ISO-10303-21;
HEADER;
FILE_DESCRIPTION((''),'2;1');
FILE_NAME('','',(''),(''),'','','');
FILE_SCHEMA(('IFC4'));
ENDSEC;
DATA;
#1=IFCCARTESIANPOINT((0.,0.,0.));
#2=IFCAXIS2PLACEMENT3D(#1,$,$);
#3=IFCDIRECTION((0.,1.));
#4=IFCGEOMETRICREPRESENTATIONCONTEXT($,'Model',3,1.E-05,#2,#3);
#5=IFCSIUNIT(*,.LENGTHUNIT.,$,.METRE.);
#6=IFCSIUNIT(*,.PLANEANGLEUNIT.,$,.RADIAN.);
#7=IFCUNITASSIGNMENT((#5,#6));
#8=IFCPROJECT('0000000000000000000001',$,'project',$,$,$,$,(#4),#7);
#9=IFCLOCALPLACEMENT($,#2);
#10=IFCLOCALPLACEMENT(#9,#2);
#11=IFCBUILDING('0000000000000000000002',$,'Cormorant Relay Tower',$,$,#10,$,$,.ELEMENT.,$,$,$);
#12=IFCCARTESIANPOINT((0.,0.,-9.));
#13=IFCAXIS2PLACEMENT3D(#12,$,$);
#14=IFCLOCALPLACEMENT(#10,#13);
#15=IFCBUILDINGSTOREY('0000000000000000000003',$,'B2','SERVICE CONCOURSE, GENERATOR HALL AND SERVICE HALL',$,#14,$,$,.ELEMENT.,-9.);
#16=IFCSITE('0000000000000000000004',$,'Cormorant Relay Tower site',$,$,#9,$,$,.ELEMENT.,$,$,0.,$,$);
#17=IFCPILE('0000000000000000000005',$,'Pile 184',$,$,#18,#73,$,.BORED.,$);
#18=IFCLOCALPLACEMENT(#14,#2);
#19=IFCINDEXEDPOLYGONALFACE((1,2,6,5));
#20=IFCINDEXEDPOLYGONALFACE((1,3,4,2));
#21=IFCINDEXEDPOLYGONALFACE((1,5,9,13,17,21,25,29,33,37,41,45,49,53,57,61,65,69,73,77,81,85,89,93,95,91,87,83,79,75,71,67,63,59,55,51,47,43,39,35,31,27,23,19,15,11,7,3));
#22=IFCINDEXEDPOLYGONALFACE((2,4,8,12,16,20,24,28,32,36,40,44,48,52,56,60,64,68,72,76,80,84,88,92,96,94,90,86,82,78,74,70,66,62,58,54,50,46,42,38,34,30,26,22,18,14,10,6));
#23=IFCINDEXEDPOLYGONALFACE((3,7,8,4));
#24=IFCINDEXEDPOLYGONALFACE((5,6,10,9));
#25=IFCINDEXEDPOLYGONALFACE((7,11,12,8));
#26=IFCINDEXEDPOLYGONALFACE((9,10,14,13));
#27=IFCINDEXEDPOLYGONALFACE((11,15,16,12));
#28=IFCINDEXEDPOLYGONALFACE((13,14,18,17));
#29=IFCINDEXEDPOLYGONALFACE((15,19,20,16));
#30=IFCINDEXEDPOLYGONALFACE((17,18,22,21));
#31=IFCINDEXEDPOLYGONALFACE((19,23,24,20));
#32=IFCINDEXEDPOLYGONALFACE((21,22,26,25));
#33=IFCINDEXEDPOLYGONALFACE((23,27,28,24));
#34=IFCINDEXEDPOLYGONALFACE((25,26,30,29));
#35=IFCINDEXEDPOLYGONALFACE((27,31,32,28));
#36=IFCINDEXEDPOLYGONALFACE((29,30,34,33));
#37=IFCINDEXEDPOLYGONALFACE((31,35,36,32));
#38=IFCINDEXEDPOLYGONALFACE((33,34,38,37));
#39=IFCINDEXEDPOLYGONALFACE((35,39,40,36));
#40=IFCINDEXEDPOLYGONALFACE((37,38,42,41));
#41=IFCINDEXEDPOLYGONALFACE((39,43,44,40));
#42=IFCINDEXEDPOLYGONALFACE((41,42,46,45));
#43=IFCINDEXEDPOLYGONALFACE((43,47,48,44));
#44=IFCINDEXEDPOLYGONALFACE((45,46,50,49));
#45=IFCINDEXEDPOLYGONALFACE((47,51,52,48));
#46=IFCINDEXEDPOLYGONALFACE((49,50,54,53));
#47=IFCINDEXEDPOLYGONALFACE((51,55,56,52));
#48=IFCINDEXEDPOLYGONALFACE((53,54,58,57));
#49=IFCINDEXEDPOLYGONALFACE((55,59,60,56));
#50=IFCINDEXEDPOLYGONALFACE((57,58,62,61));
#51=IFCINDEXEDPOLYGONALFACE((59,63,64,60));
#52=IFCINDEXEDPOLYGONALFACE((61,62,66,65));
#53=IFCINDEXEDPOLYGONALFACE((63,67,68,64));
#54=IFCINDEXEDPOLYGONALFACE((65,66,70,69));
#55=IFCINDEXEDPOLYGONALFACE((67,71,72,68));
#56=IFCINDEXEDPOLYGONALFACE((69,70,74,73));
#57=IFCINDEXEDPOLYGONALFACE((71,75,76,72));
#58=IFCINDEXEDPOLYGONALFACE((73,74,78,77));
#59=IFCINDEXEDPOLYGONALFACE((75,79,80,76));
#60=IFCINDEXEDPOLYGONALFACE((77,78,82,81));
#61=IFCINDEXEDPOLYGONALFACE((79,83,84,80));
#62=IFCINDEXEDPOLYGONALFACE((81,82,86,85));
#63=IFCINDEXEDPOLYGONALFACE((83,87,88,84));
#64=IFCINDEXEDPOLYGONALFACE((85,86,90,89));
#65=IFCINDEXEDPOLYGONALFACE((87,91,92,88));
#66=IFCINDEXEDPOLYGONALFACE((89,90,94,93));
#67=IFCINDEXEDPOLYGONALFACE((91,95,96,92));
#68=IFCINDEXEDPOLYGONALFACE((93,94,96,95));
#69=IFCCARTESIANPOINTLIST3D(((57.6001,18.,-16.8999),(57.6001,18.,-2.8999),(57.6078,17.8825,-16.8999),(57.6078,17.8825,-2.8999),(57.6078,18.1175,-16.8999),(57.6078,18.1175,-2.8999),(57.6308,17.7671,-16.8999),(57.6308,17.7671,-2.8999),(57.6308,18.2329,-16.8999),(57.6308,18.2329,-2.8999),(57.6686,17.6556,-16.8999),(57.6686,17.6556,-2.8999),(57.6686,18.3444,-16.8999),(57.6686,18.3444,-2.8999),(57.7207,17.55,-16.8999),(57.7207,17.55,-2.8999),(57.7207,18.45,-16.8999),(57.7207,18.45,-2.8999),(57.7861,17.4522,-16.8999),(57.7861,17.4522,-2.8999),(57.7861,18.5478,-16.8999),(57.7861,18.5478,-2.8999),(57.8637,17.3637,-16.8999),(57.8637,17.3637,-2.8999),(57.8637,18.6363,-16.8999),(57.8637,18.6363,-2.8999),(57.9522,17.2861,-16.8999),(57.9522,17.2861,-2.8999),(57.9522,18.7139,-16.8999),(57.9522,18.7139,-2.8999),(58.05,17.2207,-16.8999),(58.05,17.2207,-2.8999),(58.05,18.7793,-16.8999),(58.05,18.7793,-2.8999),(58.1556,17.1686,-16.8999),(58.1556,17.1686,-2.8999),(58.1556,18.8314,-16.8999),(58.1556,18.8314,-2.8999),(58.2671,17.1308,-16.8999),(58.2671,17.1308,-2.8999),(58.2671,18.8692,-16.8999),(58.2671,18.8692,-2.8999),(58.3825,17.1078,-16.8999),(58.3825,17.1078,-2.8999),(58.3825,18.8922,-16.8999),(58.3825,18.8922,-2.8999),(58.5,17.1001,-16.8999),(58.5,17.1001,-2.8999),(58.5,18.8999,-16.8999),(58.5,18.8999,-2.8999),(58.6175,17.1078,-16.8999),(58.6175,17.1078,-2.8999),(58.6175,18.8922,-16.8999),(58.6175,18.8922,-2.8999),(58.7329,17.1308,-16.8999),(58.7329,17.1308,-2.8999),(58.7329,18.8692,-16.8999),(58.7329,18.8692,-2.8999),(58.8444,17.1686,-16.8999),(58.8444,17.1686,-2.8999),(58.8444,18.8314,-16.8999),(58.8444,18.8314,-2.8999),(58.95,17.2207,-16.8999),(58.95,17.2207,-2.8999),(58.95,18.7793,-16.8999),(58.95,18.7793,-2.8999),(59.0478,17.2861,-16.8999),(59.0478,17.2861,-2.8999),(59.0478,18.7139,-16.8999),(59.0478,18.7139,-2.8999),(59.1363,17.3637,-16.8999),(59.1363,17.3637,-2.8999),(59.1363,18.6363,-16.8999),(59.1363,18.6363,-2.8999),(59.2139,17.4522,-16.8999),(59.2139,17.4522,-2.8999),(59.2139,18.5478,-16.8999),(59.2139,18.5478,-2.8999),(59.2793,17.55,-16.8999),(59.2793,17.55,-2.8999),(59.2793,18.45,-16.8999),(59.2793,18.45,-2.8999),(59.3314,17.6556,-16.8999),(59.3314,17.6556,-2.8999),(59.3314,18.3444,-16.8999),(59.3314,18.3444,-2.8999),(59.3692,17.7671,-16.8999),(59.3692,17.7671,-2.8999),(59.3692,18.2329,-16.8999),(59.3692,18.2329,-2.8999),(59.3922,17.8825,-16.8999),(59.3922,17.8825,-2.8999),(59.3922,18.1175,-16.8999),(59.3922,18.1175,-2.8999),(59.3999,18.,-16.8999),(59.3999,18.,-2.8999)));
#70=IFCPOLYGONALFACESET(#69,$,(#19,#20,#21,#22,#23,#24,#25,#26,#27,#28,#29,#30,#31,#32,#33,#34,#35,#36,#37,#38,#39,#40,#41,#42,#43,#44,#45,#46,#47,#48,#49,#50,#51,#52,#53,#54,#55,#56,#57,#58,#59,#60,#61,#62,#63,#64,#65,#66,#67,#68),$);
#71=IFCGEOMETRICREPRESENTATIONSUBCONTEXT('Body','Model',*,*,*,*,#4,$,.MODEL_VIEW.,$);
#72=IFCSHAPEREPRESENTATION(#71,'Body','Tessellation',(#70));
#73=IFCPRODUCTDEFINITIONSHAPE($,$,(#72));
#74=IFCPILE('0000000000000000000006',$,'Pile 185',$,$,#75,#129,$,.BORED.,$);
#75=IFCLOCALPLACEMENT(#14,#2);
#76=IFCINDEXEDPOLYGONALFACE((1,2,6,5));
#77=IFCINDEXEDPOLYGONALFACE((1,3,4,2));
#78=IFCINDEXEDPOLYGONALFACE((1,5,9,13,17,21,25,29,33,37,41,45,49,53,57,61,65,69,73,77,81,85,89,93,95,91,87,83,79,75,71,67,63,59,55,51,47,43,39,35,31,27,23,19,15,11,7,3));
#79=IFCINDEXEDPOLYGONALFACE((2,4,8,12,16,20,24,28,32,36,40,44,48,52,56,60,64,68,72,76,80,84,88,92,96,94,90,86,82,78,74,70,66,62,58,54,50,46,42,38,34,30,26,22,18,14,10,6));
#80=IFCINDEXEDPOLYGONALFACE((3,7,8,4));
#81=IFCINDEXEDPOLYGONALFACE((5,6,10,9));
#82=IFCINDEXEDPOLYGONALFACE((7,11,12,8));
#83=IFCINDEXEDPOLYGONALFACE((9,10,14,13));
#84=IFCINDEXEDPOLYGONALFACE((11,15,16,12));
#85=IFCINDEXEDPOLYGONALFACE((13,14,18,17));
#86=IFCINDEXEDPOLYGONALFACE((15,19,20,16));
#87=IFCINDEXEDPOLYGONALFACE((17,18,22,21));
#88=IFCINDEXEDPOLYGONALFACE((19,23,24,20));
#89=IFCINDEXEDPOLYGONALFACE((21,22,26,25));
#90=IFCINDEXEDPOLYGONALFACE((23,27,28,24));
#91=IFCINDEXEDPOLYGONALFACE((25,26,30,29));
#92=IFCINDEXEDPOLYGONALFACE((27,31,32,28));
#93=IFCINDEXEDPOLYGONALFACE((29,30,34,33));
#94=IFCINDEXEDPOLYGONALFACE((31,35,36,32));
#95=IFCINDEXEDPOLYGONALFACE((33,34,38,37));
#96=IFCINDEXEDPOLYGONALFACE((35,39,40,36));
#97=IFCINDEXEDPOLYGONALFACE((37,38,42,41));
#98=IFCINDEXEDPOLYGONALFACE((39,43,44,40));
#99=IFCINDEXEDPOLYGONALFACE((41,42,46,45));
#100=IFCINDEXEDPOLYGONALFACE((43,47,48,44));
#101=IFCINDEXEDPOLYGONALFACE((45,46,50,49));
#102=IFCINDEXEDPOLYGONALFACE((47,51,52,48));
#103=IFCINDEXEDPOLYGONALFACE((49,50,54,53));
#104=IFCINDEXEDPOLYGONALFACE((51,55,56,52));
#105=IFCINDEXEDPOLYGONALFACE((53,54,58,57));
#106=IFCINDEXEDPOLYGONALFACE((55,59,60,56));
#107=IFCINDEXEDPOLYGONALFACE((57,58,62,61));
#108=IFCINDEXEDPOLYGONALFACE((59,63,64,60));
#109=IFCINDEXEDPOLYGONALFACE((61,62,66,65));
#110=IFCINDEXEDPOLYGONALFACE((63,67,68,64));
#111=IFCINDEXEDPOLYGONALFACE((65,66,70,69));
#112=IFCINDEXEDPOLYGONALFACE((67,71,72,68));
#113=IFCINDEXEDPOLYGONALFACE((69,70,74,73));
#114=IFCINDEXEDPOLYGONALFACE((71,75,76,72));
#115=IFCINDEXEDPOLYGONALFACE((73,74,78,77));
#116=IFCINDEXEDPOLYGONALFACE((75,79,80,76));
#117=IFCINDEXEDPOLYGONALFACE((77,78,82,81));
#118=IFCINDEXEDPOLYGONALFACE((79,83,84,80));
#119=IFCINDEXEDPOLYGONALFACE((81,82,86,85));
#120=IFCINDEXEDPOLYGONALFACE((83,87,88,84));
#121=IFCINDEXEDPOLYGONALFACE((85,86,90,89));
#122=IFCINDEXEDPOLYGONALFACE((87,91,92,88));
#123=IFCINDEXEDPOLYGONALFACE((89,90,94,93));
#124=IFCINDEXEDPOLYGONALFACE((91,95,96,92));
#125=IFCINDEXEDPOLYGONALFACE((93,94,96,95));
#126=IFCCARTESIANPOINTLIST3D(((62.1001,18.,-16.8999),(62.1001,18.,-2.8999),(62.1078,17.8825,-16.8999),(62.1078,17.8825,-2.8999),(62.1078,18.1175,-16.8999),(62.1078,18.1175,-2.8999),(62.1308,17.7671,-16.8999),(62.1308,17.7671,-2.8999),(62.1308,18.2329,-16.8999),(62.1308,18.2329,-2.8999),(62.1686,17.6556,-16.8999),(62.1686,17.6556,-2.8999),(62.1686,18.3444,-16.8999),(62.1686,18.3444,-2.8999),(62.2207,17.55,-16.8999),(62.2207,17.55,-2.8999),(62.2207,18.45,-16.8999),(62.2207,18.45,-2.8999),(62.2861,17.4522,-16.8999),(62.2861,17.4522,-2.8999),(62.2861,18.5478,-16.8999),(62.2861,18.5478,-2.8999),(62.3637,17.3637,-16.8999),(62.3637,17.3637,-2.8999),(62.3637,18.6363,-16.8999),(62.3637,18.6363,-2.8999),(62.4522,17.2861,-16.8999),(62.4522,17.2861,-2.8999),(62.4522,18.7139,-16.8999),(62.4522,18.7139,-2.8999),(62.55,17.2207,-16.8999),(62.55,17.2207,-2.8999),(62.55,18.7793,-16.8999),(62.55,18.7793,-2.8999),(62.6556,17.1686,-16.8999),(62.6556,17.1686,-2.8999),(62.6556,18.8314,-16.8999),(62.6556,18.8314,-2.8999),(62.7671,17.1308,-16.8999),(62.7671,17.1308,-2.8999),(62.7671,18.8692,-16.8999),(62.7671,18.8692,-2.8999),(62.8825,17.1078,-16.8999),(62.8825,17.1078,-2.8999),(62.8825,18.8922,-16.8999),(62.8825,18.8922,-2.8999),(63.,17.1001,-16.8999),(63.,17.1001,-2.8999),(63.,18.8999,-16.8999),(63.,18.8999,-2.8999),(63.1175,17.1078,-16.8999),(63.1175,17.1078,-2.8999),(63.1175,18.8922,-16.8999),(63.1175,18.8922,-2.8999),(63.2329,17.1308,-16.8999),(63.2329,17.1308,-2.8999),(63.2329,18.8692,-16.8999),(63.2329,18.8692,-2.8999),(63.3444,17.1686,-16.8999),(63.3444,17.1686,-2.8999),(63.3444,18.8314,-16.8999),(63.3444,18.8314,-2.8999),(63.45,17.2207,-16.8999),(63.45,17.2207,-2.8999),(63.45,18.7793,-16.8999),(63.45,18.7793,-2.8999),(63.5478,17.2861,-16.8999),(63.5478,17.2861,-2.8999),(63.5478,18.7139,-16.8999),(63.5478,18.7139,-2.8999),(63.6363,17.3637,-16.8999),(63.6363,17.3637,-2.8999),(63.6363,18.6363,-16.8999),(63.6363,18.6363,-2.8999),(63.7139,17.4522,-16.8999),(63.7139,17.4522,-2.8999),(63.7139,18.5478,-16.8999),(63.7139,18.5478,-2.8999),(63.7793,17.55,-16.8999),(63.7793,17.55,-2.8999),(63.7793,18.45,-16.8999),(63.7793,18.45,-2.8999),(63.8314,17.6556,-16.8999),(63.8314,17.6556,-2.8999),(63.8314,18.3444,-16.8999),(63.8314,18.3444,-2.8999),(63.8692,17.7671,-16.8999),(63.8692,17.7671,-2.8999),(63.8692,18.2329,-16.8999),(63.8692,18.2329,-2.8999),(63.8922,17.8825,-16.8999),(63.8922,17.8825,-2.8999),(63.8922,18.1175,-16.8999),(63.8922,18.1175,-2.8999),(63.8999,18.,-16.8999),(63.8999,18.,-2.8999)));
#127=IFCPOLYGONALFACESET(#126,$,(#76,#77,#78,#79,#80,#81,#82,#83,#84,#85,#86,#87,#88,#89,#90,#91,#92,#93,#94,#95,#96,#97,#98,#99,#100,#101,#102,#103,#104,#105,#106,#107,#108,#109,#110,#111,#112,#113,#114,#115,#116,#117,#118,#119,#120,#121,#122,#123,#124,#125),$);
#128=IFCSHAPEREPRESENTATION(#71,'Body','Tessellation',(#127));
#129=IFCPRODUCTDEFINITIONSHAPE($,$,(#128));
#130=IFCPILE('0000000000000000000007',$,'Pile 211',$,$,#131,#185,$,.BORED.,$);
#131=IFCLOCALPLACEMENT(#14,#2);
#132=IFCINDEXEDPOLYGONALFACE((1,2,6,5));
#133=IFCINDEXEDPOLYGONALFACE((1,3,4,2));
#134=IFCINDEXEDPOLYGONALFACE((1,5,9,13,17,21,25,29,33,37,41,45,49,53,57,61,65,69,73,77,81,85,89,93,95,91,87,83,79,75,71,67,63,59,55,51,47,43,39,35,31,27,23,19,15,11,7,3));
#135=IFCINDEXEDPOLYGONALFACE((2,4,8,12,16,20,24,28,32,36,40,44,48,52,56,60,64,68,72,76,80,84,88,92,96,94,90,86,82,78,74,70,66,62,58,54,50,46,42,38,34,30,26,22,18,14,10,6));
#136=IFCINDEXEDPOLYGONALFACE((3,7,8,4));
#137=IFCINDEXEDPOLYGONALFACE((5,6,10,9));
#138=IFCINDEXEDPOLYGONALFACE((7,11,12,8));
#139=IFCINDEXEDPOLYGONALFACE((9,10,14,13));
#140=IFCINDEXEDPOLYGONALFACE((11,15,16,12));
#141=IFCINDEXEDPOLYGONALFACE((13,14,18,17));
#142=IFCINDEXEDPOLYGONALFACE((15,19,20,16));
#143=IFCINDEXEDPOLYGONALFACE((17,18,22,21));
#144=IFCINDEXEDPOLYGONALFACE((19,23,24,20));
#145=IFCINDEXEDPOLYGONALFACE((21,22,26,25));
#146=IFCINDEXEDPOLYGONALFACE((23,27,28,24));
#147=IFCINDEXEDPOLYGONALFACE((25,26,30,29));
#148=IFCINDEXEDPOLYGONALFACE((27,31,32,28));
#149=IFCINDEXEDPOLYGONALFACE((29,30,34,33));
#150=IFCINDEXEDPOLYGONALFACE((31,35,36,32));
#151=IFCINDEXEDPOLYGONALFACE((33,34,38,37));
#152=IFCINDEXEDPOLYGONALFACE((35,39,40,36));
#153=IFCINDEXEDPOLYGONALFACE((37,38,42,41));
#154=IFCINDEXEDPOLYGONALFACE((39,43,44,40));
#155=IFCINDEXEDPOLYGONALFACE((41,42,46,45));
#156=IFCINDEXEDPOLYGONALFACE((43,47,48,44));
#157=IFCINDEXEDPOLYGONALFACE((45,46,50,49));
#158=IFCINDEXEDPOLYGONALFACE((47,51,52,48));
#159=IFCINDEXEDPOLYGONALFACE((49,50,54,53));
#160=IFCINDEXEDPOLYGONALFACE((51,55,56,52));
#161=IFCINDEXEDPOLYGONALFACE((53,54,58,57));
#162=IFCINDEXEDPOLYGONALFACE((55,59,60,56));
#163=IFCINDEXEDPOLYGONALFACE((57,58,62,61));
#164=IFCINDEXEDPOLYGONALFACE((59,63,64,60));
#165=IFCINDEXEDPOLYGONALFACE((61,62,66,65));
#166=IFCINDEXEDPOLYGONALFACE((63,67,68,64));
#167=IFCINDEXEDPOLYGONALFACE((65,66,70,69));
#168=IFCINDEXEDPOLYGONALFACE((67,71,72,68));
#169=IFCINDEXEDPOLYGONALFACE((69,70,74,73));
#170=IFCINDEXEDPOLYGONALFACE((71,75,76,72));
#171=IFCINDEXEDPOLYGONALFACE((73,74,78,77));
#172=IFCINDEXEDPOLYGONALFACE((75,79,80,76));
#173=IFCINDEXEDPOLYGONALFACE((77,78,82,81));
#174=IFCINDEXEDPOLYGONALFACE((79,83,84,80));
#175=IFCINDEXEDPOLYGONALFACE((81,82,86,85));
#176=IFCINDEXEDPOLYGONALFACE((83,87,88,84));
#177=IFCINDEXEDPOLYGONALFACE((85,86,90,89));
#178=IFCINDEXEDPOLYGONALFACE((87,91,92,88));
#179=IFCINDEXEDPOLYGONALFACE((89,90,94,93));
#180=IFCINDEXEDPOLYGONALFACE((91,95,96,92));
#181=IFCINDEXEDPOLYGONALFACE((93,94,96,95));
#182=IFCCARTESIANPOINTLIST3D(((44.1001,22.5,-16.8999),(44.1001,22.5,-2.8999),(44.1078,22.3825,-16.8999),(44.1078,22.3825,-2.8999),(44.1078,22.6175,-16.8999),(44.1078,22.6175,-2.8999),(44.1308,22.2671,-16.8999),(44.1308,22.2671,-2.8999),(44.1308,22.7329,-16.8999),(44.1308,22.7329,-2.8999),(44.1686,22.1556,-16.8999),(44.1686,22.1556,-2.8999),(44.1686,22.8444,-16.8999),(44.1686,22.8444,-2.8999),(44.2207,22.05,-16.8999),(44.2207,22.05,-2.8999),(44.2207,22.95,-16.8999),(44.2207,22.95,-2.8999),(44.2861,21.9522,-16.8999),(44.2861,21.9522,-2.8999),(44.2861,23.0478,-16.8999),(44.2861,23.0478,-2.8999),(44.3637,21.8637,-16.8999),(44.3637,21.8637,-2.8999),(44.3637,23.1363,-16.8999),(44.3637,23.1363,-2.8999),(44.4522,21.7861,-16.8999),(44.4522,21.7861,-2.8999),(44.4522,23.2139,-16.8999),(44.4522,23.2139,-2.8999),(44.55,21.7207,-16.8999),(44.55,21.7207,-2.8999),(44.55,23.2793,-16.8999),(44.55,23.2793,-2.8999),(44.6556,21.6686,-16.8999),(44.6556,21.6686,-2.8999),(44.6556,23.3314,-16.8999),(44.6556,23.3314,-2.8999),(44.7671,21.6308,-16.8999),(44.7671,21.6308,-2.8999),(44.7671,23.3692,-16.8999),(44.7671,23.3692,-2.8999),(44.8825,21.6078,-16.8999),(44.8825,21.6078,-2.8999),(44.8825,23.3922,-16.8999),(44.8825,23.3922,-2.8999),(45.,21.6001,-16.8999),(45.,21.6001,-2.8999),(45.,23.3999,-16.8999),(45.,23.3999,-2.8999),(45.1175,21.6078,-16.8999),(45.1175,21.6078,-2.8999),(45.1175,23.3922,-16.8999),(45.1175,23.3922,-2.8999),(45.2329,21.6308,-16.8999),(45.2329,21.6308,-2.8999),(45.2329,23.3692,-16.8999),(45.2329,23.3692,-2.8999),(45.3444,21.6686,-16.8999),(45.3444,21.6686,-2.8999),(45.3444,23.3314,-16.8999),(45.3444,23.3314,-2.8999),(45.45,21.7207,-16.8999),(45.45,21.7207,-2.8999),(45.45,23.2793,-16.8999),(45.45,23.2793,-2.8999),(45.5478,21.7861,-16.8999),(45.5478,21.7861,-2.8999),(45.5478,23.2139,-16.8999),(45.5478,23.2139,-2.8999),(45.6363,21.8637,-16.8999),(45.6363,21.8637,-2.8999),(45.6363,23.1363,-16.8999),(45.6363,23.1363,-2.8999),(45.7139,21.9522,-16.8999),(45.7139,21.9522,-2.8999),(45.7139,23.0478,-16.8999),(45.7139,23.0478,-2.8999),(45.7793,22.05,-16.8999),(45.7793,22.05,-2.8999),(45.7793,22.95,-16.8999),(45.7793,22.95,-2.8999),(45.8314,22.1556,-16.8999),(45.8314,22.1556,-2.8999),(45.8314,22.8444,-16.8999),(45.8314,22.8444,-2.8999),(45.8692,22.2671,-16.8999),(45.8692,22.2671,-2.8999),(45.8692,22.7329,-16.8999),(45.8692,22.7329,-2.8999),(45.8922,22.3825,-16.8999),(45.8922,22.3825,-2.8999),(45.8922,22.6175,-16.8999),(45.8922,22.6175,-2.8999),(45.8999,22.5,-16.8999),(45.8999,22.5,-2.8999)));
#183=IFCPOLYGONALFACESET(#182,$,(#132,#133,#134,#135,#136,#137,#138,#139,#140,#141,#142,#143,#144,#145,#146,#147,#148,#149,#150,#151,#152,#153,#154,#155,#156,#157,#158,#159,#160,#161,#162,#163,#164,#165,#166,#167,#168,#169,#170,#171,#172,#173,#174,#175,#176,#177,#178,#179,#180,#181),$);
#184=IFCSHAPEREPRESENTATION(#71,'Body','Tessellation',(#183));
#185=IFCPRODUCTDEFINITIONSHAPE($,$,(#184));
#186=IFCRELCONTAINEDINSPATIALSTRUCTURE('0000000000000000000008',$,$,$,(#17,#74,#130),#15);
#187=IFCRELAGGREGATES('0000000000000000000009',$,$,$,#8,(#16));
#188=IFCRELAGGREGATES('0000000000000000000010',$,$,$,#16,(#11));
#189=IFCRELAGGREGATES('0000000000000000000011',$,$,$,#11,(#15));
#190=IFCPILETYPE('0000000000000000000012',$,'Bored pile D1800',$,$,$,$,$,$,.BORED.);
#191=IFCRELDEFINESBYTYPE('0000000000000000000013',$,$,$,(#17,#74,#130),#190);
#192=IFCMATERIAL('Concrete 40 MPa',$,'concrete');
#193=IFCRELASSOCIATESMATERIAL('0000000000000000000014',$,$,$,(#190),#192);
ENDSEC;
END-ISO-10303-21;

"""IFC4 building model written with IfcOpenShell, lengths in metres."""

from ifc_helpers import new_model, si_unit, direction, frame, origin, origin_2d, place, context, subcontext, project, spatial, circle, extrude, material, material_profile, profile_set, type_object, element, save


model = new_model("IFC4")

# Units and contexts
model_context = context("Model", 3, precision=1e-05, world=origin(), true_north=direction((0.0, 1.0)))
body_context = subcontext(model_context, "Body", "Model", "MODEL_VIEW")
ifc_project = project(units=[si_unit("LENGTHUNIT", "METRE"), si_unit("PLANEANGLEUNIT", "RADIAN")], contexts=[model_context])

# Site, building, storey
site_placement = place(None, origin())
site = spatial("IfcSite", under=ifc_project, at=site_placement, Name="Cormorant Relay Tower site", CompositionType="ELEMENT", RefElevation=0.0)
building_placement = place(site_placement, origin())
building = spatial("IfcBuilding", under=site, at=building_placement, Name="Cormorant Relay Tower", CompositionType="ELEMENT")
storey_placement = place(building_placement, frame((0.0, 0.0, -9.0)))
storey = spatial("IfcBuildingStorey", under=building, at=storey_placement, Name="B2", Description="SERVICE CONCOURSE, GENERATOR HALL AND SERVICE HALL", CompositionType="ELEMENT", Elevation=-9.0)

# Piles
ifc_material_1 = material(Name="Concrete 40 MPa", Category="concrete")
ifc_material_profile_1 = material_profile(ifc_material_1, circle(Radius=0.8999, at=origin_2d()), Name="BP1800")
ifc_profile_set_1 = profile_set([ifc_material_profile_1], Name="Concrete 40 MPa")
pile_type = type_object("IfcPileType", Name="Bored pile D1800", PredefinedType="BORED", material=ifc_profile_set_1)
for number, where, z_axis, x_axis, name in (
    (1, (58.5, 18.0, -2.8999), (0.0, 0.0, -1.0), (1.0, 0.0, 0.0), "Pile 184"),
    (2, (63.0, 18.0, -2.8999), (0.0, 0.0, -1.0), (1.0, 0.0, 0.0), "Pile 185"),
    (3, (45.0, 22.5, -2.8999), (0.0, 0.0, -1.0), (1.0, 0.0, 0.0), "Pile 211"),
):
    element("IfcPile", number, at=place(storey_placement, frame(where, z_axis=z_axis, x_axis=x_axis)), inside=storey, type_object=pile_type, Name=name, PredefinedType="BORED", context=body_context, shape_type="SweptSolid", body=[
        extrude(circle(Radius=0.8999, at=origin_2d()), origin(), (0.0, 0.0, 1.0), 14.0),
    ])

save(model, "model.ifc")
